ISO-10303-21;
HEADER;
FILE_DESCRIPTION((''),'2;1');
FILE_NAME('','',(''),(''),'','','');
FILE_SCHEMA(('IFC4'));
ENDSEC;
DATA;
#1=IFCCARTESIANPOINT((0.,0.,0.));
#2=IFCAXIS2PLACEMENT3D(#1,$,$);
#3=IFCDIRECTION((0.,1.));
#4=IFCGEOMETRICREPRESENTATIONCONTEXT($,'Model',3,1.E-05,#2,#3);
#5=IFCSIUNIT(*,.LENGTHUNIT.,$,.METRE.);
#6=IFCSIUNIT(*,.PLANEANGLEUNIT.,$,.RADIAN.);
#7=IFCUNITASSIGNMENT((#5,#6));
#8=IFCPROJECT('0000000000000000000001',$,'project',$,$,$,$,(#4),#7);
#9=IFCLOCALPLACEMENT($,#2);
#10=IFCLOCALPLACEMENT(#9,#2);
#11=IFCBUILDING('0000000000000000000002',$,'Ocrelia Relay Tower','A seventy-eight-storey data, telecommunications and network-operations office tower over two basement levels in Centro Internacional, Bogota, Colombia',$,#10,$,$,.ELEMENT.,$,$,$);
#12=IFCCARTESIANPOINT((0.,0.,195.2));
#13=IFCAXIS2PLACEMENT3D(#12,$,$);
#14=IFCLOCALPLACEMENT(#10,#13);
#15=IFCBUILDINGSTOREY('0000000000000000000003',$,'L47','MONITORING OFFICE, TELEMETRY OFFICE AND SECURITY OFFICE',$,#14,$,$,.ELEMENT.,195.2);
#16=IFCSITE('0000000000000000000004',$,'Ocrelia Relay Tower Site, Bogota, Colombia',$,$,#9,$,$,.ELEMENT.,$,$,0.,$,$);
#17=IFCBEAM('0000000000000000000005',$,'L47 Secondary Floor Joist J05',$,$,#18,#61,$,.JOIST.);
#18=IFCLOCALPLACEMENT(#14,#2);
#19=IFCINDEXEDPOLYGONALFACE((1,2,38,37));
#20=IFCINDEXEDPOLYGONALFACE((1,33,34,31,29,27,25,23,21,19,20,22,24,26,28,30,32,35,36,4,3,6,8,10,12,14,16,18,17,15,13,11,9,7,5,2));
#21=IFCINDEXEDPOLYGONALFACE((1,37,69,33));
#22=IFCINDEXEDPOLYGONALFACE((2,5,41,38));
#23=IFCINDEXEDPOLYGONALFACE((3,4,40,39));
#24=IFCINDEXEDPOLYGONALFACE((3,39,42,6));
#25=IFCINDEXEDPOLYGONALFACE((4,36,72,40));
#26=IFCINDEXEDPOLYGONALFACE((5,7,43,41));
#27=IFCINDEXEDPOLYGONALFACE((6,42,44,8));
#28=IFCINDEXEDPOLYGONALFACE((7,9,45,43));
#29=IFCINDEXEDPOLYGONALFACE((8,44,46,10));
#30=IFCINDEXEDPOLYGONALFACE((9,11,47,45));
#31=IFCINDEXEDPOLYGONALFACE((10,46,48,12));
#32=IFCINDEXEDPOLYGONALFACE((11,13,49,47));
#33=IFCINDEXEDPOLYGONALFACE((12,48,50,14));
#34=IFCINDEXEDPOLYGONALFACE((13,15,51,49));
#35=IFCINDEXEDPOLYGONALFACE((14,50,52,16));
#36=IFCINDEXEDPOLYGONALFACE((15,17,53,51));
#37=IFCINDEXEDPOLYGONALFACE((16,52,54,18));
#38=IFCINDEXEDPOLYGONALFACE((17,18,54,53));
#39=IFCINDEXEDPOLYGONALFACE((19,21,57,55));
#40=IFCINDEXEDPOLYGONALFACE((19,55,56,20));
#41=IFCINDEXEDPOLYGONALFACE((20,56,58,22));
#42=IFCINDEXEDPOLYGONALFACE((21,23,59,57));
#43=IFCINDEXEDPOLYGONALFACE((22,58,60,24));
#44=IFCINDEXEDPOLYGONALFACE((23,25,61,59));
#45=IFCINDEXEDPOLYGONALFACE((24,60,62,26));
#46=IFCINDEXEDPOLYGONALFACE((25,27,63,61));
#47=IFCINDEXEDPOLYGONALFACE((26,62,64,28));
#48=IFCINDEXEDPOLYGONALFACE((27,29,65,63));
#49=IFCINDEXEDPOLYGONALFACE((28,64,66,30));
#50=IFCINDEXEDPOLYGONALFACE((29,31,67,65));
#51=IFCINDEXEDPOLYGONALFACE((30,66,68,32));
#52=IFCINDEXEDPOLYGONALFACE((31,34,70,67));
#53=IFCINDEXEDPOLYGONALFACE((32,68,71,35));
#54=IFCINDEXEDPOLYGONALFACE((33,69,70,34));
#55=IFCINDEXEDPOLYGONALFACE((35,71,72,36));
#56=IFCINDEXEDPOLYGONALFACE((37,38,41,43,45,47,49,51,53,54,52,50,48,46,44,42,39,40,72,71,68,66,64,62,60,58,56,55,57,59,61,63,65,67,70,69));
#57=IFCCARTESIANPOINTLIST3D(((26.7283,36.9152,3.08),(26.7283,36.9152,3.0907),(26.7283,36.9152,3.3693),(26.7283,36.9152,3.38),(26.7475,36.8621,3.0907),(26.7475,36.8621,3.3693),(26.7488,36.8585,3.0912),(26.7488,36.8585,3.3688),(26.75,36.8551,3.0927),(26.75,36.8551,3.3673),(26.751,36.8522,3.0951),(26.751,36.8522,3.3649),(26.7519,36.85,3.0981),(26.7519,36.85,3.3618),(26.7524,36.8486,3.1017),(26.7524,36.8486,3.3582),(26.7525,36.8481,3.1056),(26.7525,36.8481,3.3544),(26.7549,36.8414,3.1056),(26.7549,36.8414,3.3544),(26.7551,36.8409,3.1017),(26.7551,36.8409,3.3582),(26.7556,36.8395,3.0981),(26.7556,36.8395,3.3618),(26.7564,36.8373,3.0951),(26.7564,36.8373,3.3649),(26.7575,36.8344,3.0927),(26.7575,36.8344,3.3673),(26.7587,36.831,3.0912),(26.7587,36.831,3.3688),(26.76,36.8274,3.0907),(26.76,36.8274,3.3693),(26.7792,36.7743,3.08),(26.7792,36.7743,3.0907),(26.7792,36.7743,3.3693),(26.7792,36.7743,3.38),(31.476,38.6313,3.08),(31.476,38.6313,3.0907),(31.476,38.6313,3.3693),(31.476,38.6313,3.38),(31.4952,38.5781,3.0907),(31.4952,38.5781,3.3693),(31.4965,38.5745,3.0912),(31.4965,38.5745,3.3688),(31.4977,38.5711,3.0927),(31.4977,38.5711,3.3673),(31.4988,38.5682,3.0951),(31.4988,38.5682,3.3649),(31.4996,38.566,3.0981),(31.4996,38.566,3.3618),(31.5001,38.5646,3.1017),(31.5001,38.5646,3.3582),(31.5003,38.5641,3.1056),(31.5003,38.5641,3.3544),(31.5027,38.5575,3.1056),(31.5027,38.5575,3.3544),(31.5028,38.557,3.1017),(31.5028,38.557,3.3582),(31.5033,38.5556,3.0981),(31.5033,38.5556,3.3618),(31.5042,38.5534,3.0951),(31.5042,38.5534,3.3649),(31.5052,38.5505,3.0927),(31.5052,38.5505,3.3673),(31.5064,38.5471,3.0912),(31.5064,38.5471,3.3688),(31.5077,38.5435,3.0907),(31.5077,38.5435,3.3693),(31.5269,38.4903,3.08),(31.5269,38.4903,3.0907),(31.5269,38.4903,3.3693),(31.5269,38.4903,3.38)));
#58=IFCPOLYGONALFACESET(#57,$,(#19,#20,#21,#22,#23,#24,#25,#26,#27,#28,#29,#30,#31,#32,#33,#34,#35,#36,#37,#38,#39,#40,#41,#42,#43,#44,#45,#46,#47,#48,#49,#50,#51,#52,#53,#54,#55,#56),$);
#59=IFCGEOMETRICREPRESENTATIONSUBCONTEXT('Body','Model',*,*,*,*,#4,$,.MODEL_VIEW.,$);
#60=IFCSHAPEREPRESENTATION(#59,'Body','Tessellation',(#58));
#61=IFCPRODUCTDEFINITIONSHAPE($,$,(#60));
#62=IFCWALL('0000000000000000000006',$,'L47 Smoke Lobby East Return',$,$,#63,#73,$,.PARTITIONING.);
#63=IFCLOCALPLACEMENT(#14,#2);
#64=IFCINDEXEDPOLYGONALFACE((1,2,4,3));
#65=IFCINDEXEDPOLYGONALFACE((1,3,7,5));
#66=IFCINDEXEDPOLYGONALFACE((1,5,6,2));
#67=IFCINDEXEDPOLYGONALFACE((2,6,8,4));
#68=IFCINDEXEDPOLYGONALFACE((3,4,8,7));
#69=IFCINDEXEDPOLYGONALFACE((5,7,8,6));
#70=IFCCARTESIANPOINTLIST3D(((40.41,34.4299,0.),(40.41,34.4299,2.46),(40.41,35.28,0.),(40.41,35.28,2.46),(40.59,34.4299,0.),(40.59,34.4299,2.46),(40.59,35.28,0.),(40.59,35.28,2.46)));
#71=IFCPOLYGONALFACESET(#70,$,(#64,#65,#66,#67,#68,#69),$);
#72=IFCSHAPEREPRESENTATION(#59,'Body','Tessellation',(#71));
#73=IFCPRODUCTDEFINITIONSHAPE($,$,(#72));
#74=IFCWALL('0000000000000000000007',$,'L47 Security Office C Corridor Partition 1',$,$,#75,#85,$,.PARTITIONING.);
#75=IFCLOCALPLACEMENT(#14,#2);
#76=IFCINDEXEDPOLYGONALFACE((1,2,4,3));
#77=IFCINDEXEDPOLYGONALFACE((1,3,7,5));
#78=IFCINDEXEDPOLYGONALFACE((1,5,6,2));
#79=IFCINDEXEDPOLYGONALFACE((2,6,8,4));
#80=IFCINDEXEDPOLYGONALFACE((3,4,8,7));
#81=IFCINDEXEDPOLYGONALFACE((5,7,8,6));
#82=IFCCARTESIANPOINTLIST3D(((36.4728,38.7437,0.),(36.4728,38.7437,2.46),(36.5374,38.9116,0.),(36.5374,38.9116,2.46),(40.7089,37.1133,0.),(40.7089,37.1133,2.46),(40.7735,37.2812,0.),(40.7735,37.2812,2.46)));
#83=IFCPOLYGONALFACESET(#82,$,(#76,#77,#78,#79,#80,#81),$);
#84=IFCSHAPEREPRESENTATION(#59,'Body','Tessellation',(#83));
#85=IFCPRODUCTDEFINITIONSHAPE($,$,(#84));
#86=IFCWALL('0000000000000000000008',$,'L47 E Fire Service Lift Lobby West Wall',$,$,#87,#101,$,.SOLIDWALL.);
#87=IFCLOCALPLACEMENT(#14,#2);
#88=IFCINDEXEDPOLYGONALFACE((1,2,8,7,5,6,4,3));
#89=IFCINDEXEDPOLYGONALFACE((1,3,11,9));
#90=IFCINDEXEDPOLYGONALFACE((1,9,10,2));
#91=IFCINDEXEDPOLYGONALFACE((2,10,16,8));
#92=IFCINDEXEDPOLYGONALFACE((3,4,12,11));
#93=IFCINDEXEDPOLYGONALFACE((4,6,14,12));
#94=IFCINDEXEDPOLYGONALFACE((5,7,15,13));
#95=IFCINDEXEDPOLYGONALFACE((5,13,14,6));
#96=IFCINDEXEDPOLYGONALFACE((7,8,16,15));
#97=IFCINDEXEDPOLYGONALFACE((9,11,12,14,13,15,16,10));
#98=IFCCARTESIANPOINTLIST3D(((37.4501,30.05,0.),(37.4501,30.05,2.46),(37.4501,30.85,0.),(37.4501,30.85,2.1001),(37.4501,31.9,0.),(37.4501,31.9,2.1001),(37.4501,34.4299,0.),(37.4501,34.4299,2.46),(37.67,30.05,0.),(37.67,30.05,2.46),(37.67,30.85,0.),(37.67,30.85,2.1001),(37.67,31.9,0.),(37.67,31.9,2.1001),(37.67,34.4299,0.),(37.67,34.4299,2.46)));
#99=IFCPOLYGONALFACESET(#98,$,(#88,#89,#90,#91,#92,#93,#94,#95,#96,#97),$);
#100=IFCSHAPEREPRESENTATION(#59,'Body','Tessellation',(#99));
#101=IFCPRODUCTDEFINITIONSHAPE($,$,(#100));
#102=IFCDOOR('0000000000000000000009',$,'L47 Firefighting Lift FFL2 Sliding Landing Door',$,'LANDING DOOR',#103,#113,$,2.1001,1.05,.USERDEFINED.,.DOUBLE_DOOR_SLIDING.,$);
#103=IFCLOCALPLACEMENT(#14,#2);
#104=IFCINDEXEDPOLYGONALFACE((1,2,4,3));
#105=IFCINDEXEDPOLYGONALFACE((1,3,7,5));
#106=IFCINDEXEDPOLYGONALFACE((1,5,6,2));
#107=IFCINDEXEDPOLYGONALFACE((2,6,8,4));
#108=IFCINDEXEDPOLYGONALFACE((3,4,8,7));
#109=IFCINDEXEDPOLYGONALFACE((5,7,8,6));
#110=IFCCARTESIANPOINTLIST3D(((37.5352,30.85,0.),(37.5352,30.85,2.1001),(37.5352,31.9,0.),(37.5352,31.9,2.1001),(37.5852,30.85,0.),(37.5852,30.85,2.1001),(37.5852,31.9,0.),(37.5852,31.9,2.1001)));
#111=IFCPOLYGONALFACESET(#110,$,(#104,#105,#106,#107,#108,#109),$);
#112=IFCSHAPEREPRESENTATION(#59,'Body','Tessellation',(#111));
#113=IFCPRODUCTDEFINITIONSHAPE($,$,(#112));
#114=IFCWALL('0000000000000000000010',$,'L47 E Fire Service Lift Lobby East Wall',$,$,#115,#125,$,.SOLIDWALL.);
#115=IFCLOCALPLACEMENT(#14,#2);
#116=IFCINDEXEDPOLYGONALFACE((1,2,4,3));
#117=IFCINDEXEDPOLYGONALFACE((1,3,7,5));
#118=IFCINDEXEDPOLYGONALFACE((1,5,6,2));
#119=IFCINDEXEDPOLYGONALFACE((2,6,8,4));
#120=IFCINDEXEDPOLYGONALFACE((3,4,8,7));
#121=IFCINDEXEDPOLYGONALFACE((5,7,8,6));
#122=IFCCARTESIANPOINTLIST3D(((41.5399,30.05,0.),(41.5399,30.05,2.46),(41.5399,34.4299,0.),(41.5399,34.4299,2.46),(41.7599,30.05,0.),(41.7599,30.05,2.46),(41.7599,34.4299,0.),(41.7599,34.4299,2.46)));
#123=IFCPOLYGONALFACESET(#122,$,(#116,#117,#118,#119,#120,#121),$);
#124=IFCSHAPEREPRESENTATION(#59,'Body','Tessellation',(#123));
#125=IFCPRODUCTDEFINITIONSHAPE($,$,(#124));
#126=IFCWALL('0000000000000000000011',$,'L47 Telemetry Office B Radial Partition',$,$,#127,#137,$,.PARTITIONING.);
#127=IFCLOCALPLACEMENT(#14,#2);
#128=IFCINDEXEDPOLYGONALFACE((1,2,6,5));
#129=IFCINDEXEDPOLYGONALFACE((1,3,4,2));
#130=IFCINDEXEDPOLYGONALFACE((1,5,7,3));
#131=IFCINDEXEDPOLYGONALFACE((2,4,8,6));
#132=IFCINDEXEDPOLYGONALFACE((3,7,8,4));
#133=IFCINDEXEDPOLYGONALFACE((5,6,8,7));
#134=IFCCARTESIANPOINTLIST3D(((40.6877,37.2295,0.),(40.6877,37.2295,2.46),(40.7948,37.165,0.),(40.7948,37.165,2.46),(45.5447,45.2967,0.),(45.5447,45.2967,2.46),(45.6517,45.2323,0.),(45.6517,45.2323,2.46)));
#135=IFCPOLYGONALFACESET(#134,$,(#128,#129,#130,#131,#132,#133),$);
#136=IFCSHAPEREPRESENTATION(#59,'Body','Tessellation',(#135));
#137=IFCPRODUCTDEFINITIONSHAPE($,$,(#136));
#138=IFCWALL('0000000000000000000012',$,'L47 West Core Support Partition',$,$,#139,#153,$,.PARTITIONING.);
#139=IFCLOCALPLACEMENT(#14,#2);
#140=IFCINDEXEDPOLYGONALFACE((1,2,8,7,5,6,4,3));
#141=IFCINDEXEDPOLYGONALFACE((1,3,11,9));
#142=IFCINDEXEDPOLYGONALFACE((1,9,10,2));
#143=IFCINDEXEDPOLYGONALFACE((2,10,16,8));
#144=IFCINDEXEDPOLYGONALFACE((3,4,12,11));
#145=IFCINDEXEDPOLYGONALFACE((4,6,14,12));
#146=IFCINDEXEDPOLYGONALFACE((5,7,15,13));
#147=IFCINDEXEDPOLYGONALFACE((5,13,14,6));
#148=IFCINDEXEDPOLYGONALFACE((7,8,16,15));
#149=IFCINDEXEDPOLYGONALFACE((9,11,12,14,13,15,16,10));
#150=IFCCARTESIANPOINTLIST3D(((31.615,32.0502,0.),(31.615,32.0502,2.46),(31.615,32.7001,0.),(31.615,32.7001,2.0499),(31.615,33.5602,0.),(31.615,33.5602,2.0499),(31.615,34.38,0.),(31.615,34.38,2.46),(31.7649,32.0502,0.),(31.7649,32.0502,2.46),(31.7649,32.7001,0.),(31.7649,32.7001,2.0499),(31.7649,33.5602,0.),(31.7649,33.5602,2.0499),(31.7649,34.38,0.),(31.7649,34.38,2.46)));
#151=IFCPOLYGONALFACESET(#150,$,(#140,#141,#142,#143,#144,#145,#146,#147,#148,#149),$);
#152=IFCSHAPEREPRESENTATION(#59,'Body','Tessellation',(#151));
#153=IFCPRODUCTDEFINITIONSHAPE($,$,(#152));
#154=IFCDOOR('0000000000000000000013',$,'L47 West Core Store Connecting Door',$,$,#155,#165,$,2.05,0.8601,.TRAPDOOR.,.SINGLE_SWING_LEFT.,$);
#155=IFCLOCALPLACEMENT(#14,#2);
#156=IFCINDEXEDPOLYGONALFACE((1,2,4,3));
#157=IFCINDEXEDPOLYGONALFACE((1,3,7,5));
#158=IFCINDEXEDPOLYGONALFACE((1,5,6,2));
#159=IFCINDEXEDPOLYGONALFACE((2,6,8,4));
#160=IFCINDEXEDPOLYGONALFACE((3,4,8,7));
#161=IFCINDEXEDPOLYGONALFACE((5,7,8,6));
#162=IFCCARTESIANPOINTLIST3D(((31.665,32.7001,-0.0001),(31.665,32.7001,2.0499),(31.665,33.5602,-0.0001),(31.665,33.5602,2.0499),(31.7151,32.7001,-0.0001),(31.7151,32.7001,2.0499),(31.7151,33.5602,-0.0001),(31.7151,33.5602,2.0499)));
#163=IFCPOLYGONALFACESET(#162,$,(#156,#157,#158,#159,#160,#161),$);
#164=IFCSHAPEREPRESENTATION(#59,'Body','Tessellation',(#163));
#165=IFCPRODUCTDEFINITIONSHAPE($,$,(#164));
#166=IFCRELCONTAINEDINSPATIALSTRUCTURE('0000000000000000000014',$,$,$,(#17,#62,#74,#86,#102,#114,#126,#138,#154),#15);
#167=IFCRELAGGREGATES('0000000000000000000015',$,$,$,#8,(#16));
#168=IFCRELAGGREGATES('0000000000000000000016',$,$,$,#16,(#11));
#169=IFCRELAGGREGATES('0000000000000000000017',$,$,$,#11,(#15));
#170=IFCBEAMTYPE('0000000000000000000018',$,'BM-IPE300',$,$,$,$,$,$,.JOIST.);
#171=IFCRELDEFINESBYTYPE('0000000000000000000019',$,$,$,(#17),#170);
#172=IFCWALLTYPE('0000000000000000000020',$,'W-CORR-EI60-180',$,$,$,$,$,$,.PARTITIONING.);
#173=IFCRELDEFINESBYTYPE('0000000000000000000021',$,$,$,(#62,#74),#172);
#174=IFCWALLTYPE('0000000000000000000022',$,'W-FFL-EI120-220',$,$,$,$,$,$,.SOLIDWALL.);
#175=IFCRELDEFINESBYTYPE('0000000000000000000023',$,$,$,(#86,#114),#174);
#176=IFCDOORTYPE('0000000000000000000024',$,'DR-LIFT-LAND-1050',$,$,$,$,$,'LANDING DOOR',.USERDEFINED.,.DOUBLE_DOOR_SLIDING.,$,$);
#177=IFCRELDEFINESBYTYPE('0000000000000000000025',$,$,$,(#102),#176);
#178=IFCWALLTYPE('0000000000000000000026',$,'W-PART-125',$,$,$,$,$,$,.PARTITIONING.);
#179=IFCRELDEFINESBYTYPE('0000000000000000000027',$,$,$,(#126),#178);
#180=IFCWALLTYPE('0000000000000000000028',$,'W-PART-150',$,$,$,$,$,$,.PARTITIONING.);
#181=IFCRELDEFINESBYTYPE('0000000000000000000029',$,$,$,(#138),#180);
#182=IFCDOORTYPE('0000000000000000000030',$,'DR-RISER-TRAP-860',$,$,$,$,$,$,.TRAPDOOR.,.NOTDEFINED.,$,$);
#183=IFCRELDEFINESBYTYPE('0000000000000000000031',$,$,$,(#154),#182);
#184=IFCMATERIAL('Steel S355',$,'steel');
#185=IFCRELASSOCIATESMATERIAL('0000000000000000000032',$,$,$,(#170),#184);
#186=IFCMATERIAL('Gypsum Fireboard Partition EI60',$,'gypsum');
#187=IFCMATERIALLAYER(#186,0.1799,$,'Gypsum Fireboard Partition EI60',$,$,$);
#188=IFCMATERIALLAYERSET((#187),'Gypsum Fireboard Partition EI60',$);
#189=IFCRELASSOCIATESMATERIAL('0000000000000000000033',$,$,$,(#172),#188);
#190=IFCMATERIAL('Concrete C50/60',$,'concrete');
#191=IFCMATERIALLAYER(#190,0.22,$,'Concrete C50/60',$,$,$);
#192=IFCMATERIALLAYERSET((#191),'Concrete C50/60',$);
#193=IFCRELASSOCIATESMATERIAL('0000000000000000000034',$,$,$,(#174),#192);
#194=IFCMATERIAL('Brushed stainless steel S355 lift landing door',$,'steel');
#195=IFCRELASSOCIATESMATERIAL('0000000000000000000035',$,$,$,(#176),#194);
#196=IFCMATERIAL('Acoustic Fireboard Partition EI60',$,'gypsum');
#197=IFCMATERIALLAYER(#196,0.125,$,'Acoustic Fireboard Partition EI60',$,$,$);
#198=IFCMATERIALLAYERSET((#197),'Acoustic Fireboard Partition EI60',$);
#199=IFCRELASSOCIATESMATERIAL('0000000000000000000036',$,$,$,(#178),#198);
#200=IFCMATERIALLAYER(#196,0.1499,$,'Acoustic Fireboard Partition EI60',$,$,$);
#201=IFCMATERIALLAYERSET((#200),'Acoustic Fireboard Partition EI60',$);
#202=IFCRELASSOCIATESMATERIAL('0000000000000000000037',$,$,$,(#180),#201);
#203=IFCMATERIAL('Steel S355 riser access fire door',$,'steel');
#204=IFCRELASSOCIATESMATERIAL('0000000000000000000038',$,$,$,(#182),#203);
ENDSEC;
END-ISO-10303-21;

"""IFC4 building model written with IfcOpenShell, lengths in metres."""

from ifc_helpers import new_model, si_unit, direction, frame, frame_2d, origin, origin_2d, place, context, subcontext, project, spatial, rectangle, i_section, extrude, material, layer, layer_set, material_profile, profile_set, type_object, element, fill, save


model = new_model("IFC4")

# Units and contexts
model_context = context("Model", 3, precision=1e-05, world=origin(), true_north=direction((0.0, 1.0)))
body_context = subcontext(model_context, "Body", "Model", "MODEL_VIEW")
ifc_project = project(units=[si_unit("LENGTHUNIT", "METRE"), si_unit("PLANEANGLEUNIT", "RADIAN")], contexts=[model_context])

# Site, building, storey
site_placement = place(None, origin())
site = spatial("IfcSite", under=ifc_project, at=site_placement, Name="Ocrelia Relay Tower Site, Bogota, Colombia", CompositionType="ELEMENT", RefElevation=0.0)
building_placement = place(site_placement, origin())
building = spatial("IfcBuilding", under=site, at=building_placement, Name="Ocrelia Relay Tower", Description="A seventy-eight-storey data, telecommunications and network-operations office tower over two basement levels in Centro Internacional, Bogota, Colombia", CompositionType="ELEMENT")
storey_placement = place(building_placement, frame((0.0, 0.0, 195.2)))
storey = spatial("IfcBuildingStorey", under=building, at=storey_placement, Name="L47", Description="MONITORING OFFICE, TELEMETRY OFFICE AND SECURITY OFFICE", CompositionType="ELEMENT", Elevation=195.2)

# Beam
ifc_material_1 = material(Name="Steel S355", Category="steel")
ifc_material_profile_1 = material_profile(ifc_material_1, i_section(OverallWidth=0.1499, OverallDepth=0.3, WebThickness=0.0071, FlangeThickness=0.0107, FilletRadius=0.0149, at=origin_2d()), Name="IPE 300")
ifc_profile_set_1 = profile_set([ifc_material_profile_1], Name="Steel S355")
beam_type = type_object("IfcBeamType", Name="BM-IPE300", PredefinedType="JOIST", material=ifc_profile_set_1)
beam_1_placement = place(storey_placement, frame((31.5015, 38.5608, 3.23), z_axis=(-0.940454, -0.339921, 0.0), x_axis=(0.339921, -0.940454, 0.0)))
element("IfcBeam", 1, at=beam_1_placement, inside=storey, type_object=beam_type, Name="L47 Secondary Floor Joist J05", PredefinedType="JOIST", context=body_context, shape_type="SweptSolid", body=[
    extrude(i_section(OverallWidth=0.1499, OverallDepth=0.3, WebThickness=0.0071, FlangeThickness=0.0107, FilletRadius=0.0149, at=origin_2d()), origin(), (0.0, 0.0, 1.0), 5.0483),
])

# Wall
ifc_material_2 = material(Name="Gypsum Fireboard Partition EI60", Category="gypsum")
ifc_layer_1 = layer(ifc_material_2, 0.1799, Name="Gypsum Fireboard Partition EI60")
ifc_layer_set_1 = layer_set([ifc_layer_1], Name="Gypsum Fireboard Partition EI60")
wall_type_1 = type_object("IfcWallType", Name="W-CORR-EI60-180", PredefinedType="PARTITIONING", material=ifc_layer_set_1)
wall_1_placement = place(storey_placement, frame((40.5, 35.28, 0.0), z_axis=(0.0, 0.0, 1.0), x_axis=(0.0, -1.0, 0.0)))
element("IfcWall", 2, at=wall_1_placement, inside=storey, type_object=wall_type_1, Name="L47 Smoke Lobby East Return", PredefinedType="PARTITIONING", context=body_context, shape_type="SweptSolid", body=[
    extrude(rectangle(XDim=0.8501, YDim=0.1799, at=frame_2d((0.425, 0.0))), origin(), (0.0, 0.0, 1.0), 2.46),
])

# Wall
wall_2_placement = place(storey_placement, frame((40.7412, 37.1973, 0.0), z_axis=(0.0, 0.0, 1.0), x_axis=(-0.933264, 0.359192, 0.0)))
element("IfcWall", 3, at=wall_2_placement, inside=storey, type_object=wall_type_1, Name="L47 Security Office C Corridor Partition 1", PredefinedType="PARTITIONING", context=body_context, shape_type="SweptSolid", body=[
    extrude(rectangle(XDim=4.5391, YDim=0.1799, at=frame_2d((2.2695, 0.0))), origin(), (0.0, 0.0, 1.0), 2.46),
])

# Wall, opening, door
ifc_material_3 = material(Name="Concrete C50/60", Category="concrete")
ifc_layer_2 = layer(ifc_material_3, 0.22, Name="Concrete C50/60")
ifc_layer_set_2 = layer_set([ifc_layer_2], Name="Concrete C50/60")
wall_type_2 = type_object("IfcWallType", Name="W-FFL-EI120-220", PredefinedType="SOLIDWALL", material=ifc_layer_set_2)
wall_3_placement = place(storey_placement, frame((37.5601, 30.05, 0.0), z_axis=(0.0, 0.0, 1.0), x_axis=(0.0, 1.0, 0.0)))
wall_3 = element("IfcWall", 4, at=wall_3_placement, inside=storey, type_object=wall_type_2, Name="L47 E Fire Service Lift Lobby West Wall", PredefinedType="SOLIDWALL", context=body_context, shape_type="SweptSolid", body=[
    extrude(rectangle(XDim=4.3799, YDim=0.22, at=frame_2d((2.1899, 0.0))), origin(), (0.0, 0.0, 1.0), 2.46),
])
opening_1_placement = place(wall_3_placement, frame((0.8, 0.0, 0.0)))
opening_1 = element("IfcOpeningElement", 5, at=opening_1_placement, cuts=wall_3, PredefinedType="OPENING", context=body_context, shape_type="SweptSolid", body=[
    extrude(rectangle(XDim=1.05, YDim=2.1001, at=frame_2d((0.5249, 1.05))), frame((0.0, 0.1201, 0.0), z_axis=(0.0, -1.0, 0.0), x_axis=(1.0, 0.0, 0.0)), (0.0, 0.0, 1.0), 0.24),
])
ifc_material_4 = material(Name="Brushed stainless steel S355 lift landing door", Category="steel")
door_type_1 = type_object("IfcDoorType", Name="DR-LIFT-LAND-1050", ElementType="LANDING DOOR", OperationType="DOUBLE_DOOR_SLIDING", PredefinedType="USERDEFINED", material=ifc_material_4)
door_1_placement = place(opening_1_placement, origin())
door_1 = element("IfcDoor", 6, at=door_1_placement, inside=storey, type_object=door_type_1, Name="L47 Firefighting Lift FFL2 Sliding Landing Door", ObjectType="LANDING DOOR", OperationType="DOUBLE_DOOR_SLIDING", OverallHeight=2.1001, OverallWidth=1.05, PredefinedType="USERDEFINED", context=body_context, shape_type="SweptSolid", body=[
    extrude(rectangle(XDim=1.05, YDim=2.1001, at=frame_2d((0.5249, 1.05))), frame((0.0, 0.0249, 0.0), z_axis=(0.0, -1.0, 0.0), x_axis=(1.0, 0.0, 0.0)), (0.0, 0.0, 1.0), 0.05),
])
fill(opening_1, door_1)

# Wall
wall_4_placement = place(storey_placement, frame((41.6499, 30.05, 0.0), z_axis=(0.0, 0.0, 1.0), x_axis=(0.0, 1.0, 0.0)))
element("IfcWall", 7, at=wall_4_placement, inside=storey, type_object=wall_type_2, Name="L47 E Fire Service Lift Lobby East Wall", PredefinedType="SOLIDWALL", context=body_context, shape_type="SweptSolid", body=[
    extrude(rectangle(XDim=4.3799, YDim=0.22, at=frame_2d((2.1899, 0.0))), origin(), (0.0, 0.0, 1.0), 2.46),
])

# Wall
ifc_material_5 = material(Name="Acoustic Fireboard Partition EI60", Category="gypsum")
ifc_layer_3 = layer(ifc_material_5, 0.125, Name="Acoustic Fireboard Partition EI60")
ifc_layer_set_3 = layer_set([ifc_layer_3], Name="Acoustic Fireboard Partition EI60")
wall_type_3 = type_object("IfcWallType", Name="W-PART-125", PredefinedType="PARTITIONING", material=ifc_layer_set_3)
wall_5_placement = place(storey_placement, frame((40.7412, 37.1973, 0.0), z_axis=(0.0, 0.0, 1.0), x_axis=(0.515795, 0.856712, 0.0)))
element("IfcWall", 8, at=wall_5_placement, inside=storey, type_object=wall_type_3, Name="L47 Telemetry Office B Radial Partition", PredefinedType="PARTITIONING", context=body_context, shape_type="SweptSolid", body=[
    extrude(rectangle(XDim=9.4165, YDim=0.125, at=frame_2d((4.7083, 0.0))), origin(), (0.0, 0.0, 1.0), 2.46),
])

# Wall, opening, door
ifc_layer_4 = layer(ifc_material_5, 0.1499, Name="Acoustic Fireboard Partition EI60")
ifc_layer_set_4 = layer_set([ifc_layer_4], Name="Acoustic Fireboard Partition EI60")
wall_type_4 = type_object("IfcWallType", Name="W-PART-150", PredefinedType="PARTITIONING", material=ifc_layer_set_4)
wall_6_placement = place(storey_placement, frame((31.6899, 32.05, 0.0), z_axis=(0.0, 0.0, 1.0), x_axis=(0.0, 1.0, 0.0)))
wall_6 = element("IfcWall", 9, at=wall_6_placement, inside=storey, type_object=wall_type_4, Name="L47 West Core Support Partition", PredefinedType="PARTITIONING", context=body_context, shape_type="SweptSolid", body=[
    extrude(rectangle(XDim=2.3298, YDim=0.1499, at=frame_2d((1.165, 0.0))), origin(), (0.0, 0.0, 1.0), 2.46),
])
opening_2_placement = place(wall_6_placement, frame((0.6499, 0.0, 0.0)))
opening_2 = element("IfcOpeningElement", 10, at=opening_2_placement, cuts=wall_6, PredefinedType="OPENING", context=body_context, shape_type="SweptSolid", body=[
    extrude(rectangle(XDim=0.8601, YDim=2.05, at=frame_2d((0.4302, 1.0249))), frame((0.0, 0.085, 0.0), z_axis=(0.0, -1.0, 0.0), x_axis=(1.0, 0.0, 0.0)), (0.0, 0.0, 1.0), 0.1699),
])
ifc_material_6 = material(Name="Steel S355 riser access fire door", Category="steel")
door_type_2 = type_object("IfcDoorType", Name="DR-RISER-TRAP-860", OperationType="NOTDEFINED", PredefinedType="TRAPDOOR", material=ifc_material_6)
door_2_placement = place(opening_2_placement, origin())
door_2 = element("IfcDoor", 11, at=door_2_placement, inside=storey, type_object=door_type_2, Name="L47 West Core Store Connecting Door", OperationType="SINGLE_SWING_LEFT", OverallHeight=2.05, OverallWidth=0.8601, PredefinedType="TRAPDOOR", context=body_context, shape_type="SweptSolid", body=[
    extrude(rectangle(XDim=0.8601, YDim=2.05, at=frame_2d((0.4302, 1.0249))), frame((0.0, 0.0249, 0.0), z_axis=(0.0, -1.0, 0.0), x_axis=(1.0, 0.0, 0.0)), (0.0, 0.0, 1.0), 0.05),
])
fill(opening_2, door_2)

save(model, "model.ifc")
